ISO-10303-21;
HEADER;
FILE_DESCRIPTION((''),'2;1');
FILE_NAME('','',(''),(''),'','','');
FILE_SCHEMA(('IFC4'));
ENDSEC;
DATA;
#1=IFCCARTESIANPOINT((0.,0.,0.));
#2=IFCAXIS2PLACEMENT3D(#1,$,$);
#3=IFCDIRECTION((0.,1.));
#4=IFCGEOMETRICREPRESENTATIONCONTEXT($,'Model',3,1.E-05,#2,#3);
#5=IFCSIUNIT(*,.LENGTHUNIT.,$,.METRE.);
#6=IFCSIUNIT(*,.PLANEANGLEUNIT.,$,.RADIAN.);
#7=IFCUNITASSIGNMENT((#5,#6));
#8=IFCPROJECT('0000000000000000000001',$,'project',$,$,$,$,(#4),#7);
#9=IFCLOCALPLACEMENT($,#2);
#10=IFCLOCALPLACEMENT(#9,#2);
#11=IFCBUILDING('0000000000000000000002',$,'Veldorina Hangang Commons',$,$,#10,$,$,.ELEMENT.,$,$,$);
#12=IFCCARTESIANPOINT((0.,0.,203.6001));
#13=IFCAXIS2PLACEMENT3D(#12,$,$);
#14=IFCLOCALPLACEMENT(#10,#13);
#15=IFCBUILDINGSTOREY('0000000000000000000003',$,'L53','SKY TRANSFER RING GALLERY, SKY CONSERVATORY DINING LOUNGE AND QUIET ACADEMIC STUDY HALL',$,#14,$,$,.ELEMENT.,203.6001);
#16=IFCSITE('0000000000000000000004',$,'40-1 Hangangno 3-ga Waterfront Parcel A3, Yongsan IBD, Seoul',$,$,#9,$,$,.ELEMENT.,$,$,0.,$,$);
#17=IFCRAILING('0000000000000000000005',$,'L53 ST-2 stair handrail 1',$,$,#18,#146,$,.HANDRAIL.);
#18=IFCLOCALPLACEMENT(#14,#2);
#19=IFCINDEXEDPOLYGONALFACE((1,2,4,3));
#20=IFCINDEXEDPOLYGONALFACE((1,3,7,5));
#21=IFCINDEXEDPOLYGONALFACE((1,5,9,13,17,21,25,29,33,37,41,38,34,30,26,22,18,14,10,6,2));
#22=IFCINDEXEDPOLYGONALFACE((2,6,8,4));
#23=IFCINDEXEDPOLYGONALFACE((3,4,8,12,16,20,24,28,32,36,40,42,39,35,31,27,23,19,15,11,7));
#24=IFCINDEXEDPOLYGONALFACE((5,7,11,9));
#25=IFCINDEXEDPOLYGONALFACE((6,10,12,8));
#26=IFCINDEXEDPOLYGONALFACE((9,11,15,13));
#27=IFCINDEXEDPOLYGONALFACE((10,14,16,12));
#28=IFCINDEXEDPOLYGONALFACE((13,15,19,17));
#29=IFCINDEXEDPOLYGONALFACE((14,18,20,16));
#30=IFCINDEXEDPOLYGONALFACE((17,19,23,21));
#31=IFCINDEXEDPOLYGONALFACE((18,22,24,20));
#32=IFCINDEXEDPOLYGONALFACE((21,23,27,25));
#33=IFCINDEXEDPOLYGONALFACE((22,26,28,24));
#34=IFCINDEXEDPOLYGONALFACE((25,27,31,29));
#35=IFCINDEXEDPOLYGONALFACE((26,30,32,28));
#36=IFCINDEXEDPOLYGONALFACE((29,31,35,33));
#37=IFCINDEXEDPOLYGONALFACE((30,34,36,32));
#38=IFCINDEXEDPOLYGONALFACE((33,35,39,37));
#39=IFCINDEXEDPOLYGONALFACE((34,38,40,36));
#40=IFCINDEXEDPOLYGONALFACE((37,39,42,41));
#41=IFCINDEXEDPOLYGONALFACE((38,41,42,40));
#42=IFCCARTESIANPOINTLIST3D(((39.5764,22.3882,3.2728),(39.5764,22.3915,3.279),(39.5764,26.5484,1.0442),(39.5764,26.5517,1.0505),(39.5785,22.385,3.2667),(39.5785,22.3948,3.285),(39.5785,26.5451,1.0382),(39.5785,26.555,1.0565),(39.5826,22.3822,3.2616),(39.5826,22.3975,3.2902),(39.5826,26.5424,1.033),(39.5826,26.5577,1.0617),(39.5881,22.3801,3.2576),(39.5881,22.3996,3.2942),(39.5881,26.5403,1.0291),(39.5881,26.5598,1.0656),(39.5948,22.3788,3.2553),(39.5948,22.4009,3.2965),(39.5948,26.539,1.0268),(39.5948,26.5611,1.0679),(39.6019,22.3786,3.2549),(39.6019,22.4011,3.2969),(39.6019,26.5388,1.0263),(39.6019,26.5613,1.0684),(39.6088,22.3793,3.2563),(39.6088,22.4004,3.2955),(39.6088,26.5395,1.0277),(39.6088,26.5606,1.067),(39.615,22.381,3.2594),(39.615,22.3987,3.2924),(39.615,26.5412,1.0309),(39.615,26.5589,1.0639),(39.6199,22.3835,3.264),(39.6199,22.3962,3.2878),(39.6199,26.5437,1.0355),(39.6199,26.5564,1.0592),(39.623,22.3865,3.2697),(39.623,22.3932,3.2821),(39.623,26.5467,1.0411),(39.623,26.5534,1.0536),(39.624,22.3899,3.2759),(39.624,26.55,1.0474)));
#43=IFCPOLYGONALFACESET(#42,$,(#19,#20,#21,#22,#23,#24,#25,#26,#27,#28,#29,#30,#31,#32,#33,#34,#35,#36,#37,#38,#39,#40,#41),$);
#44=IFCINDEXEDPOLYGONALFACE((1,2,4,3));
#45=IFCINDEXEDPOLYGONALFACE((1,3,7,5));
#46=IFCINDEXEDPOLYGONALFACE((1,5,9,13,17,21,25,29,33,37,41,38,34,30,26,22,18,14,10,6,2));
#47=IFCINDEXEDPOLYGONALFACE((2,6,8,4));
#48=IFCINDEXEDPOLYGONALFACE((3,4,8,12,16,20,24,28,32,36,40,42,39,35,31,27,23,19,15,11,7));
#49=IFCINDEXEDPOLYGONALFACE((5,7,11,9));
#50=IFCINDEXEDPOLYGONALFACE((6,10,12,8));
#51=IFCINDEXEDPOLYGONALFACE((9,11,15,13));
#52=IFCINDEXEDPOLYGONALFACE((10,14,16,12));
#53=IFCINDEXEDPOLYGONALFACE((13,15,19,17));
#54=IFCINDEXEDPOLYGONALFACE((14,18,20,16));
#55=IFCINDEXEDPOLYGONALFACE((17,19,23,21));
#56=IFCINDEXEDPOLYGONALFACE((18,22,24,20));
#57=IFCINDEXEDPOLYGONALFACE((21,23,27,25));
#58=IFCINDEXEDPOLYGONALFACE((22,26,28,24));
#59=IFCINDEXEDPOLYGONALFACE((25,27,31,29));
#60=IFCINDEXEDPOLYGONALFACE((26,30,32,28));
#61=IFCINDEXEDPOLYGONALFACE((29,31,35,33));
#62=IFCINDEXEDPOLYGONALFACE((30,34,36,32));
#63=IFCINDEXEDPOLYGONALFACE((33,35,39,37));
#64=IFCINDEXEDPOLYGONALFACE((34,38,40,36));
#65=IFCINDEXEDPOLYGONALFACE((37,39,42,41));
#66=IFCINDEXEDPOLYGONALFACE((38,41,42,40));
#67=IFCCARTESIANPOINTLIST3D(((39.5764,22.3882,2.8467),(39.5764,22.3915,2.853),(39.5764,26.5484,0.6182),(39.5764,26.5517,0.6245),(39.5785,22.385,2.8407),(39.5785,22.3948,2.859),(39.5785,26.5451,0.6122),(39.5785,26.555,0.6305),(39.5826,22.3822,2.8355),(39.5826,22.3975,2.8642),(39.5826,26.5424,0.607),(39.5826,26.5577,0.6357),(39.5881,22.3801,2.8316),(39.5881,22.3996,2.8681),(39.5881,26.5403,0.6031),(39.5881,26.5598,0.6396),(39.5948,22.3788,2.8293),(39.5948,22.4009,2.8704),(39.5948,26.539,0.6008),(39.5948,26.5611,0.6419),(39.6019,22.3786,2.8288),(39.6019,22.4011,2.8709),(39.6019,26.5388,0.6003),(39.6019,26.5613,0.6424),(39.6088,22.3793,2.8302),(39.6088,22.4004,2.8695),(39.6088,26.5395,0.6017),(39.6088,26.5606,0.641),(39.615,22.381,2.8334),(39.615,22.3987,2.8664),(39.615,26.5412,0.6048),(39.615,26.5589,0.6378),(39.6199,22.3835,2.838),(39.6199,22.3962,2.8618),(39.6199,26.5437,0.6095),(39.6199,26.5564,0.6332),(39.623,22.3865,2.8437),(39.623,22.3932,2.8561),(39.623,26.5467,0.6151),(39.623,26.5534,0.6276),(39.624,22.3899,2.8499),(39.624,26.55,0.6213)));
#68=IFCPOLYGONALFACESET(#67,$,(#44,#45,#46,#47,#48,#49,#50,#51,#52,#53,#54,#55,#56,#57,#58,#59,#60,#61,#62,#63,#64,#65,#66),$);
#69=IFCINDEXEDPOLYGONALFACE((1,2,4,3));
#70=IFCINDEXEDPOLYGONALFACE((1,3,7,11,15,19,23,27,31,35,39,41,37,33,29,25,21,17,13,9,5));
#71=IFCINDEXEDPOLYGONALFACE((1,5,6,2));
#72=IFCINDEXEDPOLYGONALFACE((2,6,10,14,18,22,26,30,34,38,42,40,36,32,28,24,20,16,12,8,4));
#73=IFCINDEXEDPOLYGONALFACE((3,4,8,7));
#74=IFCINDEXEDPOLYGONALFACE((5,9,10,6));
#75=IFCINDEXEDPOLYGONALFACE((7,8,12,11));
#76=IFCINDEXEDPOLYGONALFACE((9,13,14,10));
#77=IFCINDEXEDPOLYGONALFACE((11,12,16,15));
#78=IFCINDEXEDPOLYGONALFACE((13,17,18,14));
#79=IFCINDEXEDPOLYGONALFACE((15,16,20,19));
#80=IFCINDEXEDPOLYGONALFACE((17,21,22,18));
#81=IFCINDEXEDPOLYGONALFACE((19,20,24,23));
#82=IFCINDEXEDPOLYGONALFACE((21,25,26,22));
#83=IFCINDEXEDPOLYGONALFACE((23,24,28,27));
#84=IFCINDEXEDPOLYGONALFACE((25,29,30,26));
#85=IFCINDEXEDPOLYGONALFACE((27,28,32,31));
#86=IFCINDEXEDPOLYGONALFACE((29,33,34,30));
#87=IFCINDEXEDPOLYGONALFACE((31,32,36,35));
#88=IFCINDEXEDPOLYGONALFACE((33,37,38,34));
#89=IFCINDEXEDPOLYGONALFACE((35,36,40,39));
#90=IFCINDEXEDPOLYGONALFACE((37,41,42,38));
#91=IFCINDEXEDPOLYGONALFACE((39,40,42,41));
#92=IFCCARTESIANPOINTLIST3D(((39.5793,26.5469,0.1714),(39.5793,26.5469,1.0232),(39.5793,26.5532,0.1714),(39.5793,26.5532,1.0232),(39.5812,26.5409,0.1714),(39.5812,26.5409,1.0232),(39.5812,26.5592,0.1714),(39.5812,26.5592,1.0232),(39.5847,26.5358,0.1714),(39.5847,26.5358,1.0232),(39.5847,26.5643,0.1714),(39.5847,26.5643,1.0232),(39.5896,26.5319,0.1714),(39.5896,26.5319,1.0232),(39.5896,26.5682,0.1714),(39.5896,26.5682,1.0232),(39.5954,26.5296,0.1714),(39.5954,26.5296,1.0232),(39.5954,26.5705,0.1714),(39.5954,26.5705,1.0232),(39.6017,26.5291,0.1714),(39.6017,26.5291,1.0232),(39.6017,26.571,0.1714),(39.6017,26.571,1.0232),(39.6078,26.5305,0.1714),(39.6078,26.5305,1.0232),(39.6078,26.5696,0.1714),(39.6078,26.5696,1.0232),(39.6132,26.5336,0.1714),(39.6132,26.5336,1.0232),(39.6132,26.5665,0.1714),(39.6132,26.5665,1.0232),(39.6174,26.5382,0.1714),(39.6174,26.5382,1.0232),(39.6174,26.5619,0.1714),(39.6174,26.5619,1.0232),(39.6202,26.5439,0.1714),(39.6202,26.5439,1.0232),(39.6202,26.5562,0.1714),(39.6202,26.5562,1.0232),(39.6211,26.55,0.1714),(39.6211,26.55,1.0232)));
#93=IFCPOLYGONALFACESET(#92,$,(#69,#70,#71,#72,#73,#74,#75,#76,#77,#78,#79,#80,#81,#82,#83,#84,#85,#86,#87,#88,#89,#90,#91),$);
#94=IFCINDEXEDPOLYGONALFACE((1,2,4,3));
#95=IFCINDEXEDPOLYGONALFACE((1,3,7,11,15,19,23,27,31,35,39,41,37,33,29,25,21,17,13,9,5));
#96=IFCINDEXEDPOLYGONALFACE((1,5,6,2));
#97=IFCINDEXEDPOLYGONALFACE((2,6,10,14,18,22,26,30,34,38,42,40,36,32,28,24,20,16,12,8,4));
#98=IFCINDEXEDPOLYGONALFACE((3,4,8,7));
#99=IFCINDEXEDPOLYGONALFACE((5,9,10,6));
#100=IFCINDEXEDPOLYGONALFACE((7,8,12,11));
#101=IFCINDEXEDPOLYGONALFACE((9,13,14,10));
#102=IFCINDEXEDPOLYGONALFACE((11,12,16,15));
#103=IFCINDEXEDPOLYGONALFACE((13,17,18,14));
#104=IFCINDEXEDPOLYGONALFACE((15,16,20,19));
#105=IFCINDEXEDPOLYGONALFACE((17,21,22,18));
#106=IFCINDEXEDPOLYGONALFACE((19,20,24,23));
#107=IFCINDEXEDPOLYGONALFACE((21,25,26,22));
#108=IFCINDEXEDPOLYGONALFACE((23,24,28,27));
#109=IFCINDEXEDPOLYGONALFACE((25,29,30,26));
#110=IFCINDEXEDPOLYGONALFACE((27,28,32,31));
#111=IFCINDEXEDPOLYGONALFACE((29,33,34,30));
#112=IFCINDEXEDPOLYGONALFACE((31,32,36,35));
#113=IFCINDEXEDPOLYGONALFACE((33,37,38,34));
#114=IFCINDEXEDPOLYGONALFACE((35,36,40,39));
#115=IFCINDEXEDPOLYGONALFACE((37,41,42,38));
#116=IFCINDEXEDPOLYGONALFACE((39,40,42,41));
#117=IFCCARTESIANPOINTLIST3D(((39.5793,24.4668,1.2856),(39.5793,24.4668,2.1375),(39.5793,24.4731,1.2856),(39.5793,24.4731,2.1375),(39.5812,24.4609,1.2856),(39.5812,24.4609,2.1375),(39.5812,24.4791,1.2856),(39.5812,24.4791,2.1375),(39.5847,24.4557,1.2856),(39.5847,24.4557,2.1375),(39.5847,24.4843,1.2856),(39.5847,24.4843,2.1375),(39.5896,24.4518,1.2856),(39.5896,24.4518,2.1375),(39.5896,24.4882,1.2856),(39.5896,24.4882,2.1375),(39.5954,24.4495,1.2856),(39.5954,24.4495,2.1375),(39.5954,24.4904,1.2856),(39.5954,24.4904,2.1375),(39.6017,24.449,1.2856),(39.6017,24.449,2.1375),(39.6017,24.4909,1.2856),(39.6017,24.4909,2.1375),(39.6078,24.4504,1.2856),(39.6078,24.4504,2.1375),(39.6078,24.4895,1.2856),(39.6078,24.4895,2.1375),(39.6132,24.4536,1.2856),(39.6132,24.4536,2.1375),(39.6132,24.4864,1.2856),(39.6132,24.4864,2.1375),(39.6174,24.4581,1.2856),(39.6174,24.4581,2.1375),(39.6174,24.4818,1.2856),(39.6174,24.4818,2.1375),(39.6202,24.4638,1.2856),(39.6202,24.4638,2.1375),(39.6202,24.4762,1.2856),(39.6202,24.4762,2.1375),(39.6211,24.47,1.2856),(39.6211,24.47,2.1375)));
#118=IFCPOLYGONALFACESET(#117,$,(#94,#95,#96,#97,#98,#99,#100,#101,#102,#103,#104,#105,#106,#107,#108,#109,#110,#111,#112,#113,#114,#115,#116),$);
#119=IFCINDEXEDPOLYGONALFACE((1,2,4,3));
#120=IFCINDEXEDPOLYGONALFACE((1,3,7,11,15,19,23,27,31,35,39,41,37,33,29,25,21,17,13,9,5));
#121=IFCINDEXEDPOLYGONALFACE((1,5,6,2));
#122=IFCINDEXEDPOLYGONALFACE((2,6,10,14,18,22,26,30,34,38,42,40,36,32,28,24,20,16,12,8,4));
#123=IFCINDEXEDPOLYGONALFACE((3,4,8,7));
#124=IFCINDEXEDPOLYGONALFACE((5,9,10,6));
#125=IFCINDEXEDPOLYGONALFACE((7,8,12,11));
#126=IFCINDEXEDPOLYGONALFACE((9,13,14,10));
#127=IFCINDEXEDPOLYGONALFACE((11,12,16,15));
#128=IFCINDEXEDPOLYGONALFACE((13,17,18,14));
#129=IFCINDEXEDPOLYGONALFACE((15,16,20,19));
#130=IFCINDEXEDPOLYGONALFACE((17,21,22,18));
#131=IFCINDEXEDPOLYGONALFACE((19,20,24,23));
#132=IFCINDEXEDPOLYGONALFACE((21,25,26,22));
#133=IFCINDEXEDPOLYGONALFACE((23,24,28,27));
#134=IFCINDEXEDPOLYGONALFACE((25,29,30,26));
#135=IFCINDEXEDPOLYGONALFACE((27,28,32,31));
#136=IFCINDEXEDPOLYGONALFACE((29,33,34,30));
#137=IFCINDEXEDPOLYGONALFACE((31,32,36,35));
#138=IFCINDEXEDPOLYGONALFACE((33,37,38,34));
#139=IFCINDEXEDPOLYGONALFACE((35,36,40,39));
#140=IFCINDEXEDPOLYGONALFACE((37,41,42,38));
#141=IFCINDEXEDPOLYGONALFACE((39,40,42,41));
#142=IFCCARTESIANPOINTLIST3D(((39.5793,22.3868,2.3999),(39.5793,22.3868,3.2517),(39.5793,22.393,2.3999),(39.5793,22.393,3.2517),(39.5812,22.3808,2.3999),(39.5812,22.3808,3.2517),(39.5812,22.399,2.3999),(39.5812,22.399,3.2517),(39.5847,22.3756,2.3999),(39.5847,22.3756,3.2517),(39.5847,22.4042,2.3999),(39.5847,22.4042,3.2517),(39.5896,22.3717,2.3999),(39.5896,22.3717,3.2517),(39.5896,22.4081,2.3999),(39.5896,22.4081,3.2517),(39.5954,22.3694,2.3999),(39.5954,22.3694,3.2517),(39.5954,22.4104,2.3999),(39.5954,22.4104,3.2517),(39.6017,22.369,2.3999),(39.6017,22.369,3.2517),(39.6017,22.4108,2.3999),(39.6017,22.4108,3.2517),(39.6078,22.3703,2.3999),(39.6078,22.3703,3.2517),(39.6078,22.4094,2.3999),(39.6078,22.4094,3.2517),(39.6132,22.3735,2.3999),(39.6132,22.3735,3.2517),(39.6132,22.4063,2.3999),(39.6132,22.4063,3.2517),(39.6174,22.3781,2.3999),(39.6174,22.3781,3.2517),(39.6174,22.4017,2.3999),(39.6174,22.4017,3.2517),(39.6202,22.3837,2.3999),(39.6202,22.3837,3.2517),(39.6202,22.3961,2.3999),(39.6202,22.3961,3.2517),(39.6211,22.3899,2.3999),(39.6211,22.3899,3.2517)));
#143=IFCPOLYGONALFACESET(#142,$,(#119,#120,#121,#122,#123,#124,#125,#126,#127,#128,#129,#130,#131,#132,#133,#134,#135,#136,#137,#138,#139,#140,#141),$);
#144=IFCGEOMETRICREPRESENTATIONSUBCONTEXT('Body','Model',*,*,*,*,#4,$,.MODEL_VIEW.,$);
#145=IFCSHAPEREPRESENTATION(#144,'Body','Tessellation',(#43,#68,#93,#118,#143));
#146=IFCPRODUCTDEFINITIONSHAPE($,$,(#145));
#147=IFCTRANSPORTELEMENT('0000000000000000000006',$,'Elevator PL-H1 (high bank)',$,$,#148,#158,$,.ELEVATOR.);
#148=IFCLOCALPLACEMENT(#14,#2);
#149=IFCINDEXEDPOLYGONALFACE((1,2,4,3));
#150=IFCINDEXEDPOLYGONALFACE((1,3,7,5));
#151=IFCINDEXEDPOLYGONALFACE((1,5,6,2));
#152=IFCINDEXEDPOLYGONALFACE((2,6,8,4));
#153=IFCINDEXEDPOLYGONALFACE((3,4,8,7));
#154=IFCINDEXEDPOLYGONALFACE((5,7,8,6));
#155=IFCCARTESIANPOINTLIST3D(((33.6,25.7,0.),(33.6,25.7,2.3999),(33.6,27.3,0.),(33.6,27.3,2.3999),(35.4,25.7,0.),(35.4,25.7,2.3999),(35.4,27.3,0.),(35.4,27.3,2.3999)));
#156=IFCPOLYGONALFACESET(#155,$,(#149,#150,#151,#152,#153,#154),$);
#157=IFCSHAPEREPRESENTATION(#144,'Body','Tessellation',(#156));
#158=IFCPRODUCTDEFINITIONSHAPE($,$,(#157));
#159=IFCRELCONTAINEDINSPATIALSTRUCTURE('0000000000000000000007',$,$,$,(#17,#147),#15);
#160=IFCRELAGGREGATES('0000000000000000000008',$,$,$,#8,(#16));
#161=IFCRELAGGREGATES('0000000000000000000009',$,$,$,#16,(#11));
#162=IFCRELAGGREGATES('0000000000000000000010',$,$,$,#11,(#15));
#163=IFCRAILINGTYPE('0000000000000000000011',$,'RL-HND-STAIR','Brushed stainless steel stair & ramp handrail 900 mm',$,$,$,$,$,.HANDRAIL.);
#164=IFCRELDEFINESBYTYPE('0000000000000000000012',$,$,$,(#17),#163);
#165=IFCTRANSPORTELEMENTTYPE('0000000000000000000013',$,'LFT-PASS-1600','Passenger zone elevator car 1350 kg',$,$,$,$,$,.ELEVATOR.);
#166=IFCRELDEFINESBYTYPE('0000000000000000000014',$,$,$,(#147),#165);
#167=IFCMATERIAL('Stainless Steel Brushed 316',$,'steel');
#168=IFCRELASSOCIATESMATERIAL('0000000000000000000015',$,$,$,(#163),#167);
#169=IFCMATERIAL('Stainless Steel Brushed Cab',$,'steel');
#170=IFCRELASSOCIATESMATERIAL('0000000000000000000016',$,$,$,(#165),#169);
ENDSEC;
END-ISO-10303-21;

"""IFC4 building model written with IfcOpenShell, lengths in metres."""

from ifc_helpers import new_model, si_unit, direction, frame, origin, origin_2d, place, context, subcontext, project, spatial, rectangle, circle, extrude, material, type_object, element, save


model = new_model("IFC4")

# Units and contexts
model_context = context("Model", 3, precision=1e-05, world=origin(), true_north=direction((0.0, 1.0)))
body_context = subcontext(model_context, "Body", "Model", "MODEL_VIEW")
ifc_project = project(units=[si_unit("LENGTHUNIT", "METRE"), si_unit("PLANEANGLEUNIT", "RADIAN")], contexts=[model_context])

# Site, building, storey
site_placement = place(None, origin())
site = spatial("IfcSite", under=ifc_project, at=site_placement, Name="40-1 Hangangno 3-ga Waterfront Parcel A3, Yongsan IBD, Seoul", CompositionType="ELEMENT", RefElevation=0.0)
building_placement = place(site_placement, origin())
building = spatial("IfcBuilding", under=site, at=building_placement, Name="Veldorina Hangang Commons", CompositionType="ELEMENT")
storey_placement = place(building_placement, frame((0.0, 0.0, 203.6001)))
storey = spatial("IfcBuildingStorey", under=building, at=storey_placement, Name="L53", Description="SKY TRANSFER RING GALLERY, SKY CONSERVATORY DINING LOUNGE AND QUIET ACADEMIC STUDY HALL", CompositionType="ELEMENT", Elevation=203.6001)

# Railing
ifc_material_1 = material(Name="Stainless Steel Brushed 316", Category="steel")
railing_type_1 = type_object("IfcRailingType", Name="RL-HND-STAIR", Description="Brushed stainless steel stair & ramp handrail 900 mm", PredefinedType="HANDRAIL", material=ifc_material_1)
railing_1_placement = place(storey_placement, frame((39.6001, 26.55, 0.1714)))
element("IfcRailing", 1, at=railing_1_placement, inside=storey, type_object=railing_type_1, Name="L53 ST-2 stair handrail 1", PredefinedType="HANDRAIL", context=body_context, shape_type="SweptSolid", body=[
    extrude(circle(Radius=0.0239, at=origin_2d()), frame((0.0, 0.0, 0.876), z_axis=(0.0, -0.881492, 0.472198), x_axis=(1.0, 0.0, 0.0)), (0.0, 0.0, 1.0), 4.7195),
    extrude(circle(Radius=0.0239, at=origin_2d()), frame((0.0, 0.0, 0.45), z_axis=(0.0, -0.881492, 0.472198), x_axis=(1.0, 0.0, 0.0)), (0.0, 0.0, 1.0), 4.7195),
    extrude(circle(Radius=0.021, at=origin_2d()), origin(), (0.0, 0.0, 1.0), 0.8518),
    extrude(circle(Radius=0.021, at=origin_2d()), frame((0.0, -2.0801, 1.1143)), (0.0, 0.0, 1.0), 0.8518),
    extrude(circle(Radius=0.021, at=origin_2d()), frame((0.0, -4.1602, 2.2285)), (0.0, 0.0, 1.0), 0.8518),
])

# Transport element
ifc_material_2 = material(Name="Stainless Steel Brushed Cab", Category="steel")
transport_element_type = type_object("IfcTransportElementType", Name="LFT-PASS-1600", Description="Passenger zone elevator car 1350 kg", PredefinedType="ELEVATOR", material=ifc_material_2)
transport_element_placement = place(storey_placement, frame((34.5, 26.5, 0.0), z_axis=(0.0, 0.0, 1.0), x_axis=(1.0, 0.0, 0.0)))
element("IfcTransportElement", 2, at=transport_element_placement, inside=storey, type_object=transport_element_type, Name="Elevator PL-H1 (high bank)", PredefinedType="ELEVATOR", context=body_context, shape_type="SweptSolid", body=[
    extrude(rectangle(XDim=1.8, YDim=1.6001, at=origin_2d()), origin(), (0.0, 0.0, 1.0), 2.3999),
])

save(model, "model.ifc")
